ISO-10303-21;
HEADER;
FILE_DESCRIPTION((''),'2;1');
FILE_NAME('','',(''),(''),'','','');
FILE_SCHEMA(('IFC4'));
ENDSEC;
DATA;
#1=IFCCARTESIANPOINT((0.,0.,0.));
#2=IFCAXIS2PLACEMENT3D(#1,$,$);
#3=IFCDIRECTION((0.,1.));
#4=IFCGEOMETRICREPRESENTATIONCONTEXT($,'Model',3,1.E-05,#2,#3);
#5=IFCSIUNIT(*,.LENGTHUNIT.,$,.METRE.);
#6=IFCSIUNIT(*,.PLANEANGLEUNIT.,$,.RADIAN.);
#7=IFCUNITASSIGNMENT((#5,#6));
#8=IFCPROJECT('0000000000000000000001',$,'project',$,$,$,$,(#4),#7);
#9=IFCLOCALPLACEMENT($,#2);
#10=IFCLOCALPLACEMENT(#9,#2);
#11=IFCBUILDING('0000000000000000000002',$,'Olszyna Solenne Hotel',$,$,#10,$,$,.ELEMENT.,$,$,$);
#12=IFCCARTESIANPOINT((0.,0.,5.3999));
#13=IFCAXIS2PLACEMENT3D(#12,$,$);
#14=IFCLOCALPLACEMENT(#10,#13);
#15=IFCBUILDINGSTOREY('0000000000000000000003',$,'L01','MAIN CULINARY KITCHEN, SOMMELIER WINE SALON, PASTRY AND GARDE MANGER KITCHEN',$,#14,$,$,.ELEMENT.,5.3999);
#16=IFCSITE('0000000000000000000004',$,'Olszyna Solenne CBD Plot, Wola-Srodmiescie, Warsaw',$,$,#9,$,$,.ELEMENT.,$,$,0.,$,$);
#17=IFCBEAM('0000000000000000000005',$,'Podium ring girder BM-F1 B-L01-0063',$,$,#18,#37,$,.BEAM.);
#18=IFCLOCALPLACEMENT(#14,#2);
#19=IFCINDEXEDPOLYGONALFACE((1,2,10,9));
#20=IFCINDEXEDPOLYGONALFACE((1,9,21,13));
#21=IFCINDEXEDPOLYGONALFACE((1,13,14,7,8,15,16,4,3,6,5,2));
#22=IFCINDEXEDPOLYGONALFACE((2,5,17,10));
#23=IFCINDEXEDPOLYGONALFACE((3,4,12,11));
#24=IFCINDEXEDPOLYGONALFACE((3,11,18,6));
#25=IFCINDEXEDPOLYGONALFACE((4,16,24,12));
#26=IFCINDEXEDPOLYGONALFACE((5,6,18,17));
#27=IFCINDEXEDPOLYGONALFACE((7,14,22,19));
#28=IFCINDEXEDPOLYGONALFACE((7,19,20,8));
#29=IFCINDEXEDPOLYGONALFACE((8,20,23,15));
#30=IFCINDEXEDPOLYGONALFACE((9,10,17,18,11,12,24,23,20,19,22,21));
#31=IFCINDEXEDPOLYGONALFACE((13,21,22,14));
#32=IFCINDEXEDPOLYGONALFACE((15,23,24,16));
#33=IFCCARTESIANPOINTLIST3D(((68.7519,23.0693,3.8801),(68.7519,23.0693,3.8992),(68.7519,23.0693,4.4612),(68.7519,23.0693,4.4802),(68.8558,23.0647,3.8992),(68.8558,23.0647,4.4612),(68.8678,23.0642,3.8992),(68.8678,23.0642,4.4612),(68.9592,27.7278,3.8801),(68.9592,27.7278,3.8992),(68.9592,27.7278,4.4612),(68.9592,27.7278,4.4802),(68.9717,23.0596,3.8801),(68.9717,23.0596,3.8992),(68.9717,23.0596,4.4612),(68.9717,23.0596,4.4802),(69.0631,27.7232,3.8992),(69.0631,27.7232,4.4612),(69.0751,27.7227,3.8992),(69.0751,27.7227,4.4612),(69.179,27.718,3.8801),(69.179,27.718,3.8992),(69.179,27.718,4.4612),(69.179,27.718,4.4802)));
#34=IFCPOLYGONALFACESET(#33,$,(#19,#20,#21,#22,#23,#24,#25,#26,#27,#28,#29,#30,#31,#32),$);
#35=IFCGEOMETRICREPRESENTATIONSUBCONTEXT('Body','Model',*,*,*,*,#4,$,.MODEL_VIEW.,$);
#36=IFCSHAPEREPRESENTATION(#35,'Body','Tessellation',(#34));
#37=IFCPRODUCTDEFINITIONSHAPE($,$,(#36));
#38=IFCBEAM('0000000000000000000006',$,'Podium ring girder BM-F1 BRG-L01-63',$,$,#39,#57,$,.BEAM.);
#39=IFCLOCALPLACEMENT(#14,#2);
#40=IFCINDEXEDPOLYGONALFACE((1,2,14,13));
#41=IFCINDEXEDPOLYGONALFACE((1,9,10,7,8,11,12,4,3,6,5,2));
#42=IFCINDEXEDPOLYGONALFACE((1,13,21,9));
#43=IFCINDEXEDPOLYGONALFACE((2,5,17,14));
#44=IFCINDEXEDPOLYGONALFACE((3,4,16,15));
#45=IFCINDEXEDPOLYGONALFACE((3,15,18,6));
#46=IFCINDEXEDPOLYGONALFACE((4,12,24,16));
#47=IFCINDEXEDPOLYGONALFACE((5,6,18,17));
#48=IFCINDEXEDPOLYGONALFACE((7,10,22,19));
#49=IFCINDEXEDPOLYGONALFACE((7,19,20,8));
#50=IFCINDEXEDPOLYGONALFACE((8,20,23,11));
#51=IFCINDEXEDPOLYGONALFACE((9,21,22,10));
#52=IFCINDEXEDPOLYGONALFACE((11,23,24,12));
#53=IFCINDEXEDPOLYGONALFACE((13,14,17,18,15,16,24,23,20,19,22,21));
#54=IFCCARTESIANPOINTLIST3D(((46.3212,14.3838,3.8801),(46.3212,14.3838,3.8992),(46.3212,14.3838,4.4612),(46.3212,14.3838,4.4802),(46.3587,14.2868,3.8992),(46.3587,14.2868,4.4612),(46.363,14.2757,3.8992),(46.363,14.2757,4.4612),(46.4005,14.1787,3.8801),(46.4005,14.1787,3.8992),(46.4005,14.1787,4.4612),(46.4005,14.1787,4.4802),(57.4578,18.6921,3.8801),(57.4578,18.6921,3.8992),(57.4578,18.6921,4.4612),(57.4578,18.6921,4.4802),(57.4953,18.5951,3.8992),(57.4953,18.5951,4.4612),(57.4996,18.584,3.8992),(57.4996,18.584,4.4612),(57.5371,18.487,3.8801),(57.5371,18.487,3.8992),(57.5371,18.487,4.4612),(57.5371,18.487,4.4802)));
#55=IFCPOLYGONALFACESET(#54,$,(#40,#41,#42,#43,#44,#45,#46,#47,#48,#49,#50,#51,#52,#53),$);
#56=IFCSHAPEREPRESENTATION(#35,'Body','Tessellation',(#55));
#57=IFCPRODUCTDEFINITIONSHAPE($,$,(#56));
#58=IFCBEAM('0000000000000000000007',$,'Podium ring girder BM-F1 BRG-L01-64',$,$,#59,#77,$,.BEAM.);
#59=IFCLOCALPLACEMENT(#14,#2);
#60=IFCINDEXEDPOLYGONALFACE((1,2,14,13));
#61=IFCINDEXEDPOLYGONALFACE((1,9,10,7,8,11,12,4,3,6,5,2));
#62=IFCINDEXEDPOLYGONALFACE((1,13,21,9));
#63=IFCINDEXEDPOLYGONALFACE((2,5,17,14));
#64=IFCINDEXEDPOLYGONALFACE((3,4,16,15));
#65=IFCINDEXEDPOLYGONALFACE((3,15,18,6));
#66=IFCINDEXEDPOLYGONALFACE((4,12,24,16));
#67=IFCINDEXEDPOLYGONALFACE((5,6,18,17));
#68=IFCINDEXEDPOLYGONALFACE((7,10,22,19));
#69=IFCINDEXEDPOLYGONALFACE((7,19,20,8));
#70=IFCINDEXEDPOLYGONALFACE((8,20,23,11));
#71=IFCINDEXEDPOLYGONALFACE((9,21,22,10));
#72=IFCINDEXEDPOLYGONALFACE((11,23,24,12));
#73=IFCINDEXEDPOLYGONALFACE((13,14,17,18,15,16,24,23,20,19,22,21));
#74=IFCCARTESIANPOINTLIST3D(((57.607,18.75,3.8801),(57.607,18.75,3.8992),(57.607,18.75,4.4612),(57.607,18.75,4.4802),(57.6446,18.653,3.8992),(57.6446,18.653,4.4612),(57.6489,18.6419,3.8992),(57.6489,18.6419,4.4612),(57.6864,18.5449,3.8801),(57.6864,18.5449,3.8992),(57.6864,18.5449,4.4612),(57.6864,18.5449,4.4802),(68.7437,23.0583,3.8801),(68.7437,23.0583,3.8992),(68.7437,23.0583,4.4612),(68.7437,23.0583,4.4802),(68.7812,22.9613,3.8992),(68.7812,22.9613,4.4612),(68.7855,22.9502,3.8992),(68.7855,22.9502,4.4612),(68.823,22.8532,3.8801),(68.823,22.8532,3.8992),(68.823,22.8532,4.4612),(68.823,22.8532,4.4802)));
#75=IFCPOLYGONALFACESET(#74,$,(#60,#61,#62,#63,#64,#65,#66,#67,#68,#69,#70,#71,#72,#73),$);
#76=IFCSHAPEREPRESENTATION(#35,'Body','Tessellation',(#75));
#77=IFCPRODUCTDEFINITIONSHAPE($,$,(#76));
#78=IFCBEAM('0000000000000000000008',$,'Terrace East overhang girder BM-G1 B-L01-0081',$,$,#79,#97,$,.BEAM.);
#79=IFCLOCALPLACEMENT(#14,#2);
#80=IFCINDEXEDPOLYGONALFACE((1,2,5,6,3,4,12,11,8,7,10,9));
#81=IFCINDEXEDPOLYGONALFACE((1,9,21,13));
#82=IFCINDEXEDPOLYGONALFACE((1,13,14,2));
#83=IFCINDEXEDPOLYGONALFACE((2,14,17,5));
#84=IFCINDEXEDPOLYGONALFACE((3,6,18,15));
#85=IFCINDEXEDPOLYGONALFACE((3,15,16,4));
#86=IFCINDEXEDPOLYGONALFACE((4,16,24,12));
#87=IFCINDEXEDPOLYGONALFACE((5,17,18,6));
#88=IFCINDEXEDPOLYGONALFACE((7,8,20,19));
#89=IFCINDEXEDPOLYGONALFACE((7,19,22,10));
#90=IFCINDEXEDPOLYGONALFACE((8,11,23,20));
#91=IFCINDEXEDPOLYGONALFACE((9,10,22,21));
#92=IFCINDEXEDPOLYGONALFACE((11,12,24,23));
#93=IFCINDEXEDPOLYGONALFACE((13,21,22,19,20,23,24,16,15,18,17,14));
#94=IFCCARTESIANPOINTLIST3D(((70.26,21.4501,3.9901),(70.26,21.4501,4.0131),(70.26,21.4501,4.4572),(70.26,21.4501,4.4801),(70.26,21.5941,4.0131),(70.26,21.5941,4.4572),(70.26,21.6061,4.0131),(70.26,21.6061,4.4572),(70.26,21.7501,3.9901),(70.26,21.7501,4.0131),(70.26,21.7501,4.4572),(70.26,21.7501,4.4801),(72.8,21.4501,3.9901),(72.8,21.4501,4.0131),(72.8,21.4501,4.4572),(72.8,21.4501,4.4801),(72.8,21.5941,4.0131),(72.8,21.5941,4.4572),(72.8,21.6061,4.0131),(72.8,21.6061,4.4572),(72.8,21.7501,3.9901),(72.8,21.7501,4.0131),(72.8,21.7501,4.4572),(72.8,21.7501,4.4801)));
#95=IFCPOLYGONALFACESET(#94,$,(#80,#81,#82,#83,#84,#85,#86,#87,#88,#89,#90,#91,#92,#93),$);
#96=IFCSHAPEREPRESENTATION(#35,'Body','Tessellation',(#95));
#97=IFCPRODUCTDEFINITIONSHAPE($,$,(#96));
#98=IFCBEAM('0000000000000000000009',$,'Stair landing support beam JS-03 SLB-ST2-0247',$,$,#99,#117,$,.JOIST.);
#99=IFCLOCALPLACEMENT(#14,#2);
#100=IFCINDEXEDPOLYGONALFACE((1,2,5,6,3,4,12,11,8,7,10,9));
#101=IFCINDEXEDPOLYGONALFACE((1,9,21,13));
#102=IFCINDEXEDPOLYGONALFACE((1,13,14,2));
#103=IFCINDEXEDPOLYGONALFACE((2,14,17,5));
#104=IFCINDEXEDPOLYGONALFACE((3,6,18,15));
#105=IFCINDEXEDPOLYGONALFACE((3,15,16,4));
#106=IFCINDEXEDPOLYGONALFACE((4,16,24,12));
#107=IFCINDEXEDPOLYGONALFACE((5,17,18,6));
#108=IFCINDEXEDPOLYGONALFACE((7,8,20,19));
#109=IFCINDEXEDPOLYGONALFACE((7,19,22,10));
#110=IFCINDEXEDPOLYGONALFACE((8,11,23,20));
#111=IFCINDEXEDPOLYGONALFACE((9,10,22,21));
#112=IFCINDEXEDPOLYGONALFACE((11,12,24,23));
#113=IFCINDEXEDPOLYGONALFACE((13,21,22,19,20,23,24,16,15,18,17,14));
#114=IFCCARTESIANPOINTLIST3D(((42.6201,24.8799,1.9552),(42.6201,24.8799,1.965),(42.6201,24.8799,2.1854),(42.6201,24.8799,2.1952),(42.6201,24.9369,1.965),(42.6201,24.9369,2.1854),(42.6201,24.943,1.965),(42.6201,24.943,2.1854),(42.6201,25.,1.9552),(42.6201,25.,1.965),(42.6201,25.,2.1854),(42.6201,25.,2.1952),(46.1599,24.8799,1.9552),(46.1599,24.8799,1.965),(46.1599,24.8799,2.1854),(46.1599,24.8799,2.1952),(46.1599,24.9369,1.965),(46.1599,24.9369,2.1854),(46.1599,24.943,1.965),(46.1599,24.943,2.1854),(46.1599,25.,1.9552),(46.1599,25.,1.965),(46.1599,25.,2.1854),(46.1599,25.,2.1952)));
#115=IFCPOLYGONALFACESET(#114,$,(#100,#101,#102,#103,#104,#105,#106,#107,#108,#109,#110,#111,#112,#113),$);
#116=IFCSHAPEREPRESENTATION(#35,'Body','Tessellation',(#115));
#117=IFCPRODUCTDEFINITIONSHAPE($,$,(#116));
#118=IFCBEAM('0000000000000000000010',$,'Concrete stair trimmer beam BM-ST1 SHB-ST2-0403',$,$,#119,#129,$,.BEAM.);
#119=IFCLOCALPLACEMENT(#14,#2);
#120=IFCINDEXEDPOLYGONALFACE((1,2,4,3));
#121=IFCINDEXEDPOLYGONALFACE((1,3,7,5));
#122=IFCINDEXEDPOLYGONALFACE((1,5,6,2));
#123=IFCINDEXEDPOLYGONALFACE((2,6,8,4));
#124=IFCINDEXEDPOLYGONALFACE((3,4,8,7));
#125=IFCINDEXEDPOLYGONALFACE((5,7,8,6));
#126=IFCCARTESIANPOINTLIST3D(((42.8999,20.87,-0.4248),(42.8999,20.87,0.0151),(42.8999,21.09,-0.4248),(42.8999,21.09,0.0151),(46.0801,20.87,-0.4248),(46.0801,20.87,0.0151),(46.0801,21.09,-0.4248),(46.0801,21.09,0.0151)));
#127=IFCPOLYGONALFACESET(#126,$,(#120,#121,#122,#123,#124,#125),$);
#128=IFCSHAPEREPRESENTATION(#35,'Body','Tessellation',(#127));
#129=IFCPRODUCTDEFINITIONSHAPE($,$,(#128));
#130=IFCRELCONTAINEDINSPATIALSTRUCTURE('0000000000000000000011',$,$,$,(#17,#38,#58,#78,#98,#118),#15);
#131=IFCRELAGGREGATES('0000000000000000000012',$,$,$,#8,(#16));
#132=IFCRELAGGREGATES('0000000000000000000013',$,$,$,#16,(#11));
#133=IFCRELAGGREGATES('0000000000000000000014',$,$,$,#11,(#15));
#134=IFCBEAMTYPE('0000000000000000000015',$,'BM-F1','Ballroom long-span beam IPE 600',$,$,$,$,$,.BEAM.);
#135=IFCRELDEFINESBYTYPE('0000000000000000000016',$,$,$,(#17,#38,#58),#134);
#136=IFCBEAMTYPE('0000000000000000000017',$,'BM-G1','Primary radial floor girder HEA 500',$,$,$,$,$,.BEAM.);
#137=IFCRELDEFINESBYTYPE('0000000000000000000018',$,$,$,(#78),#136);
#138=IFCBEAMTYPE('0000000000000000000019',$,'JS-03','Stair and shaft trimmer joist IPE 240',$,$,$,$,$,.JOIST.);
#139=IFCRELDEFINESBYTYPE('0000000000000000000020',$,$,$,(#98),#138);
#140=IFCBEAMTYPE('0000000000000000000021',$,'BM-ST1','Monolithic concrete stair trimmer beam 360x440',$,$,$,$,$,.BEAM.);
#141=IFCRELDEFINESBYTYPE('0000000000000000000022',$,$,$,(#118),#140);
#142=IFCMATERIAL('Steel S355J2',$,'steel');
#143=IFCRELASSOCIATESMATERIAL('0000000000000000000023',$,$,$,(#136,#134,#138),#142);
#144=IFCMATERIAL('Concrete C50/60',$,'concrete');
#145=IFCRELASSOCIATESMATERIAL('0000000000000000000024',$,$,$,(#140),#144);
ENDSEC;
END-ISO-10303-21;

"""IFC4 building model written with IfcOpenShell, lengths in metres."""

from ifc_helpers import new_model, si_unit, direction, frame, origin, origin_2d, place, context, subcontext, project, spatial, rectangle, i_section, extrude, source, transform, mapped, material, material_profile, profile_set, type_object, element, save


model = new_model("IFC4")

# Units and contexts
model_context = context("Model", 3, precision=1e-05, world=origin(), true_north=direction((0.0, 1.0)))
body_context = subcontext(model_context, "Body", "Model", "MODEL_VIEW")
ifc_project = project(units=[si_unit("LENGTHUNIT", "METRE"), si_unit("PLANEANGLEUNIT", "RADIAN")], contexts=[model_context])

# Site, building, storey
site_placement = place(None, origin())
site = spatial("IfcSite", under=ifc_project, at=site_placement, Name="Olszyna Solenne CBD Plot, Wola-Srodmiescie, Warsaw", CompositionType="ELEMENT", RefElevation=0.0)
building_placement = place(site_placement, origin())
building = spatial("IfcBuilding", under=site, at=building_placement, Name="Olszyna Solenne Hotel", CompositionType="ELEMENT")
storey_placement = place(building_placement, frame((0.0, 0.0, 5.3999)))
storey = spatial("IfcBuildingStorey", under=building, at=storey_placement, Name="L01", Description="MAIN CULINARY KITCHEN, SOMMELIER WINE SALON, PASTRY AND GARDE MANGER KITCHEN", CompositionType="ELEMENT", Elevation=5.3999)

# Shared definitions
ifc_material_1 = material(Name="Concrete C50/60", Category="concrete")

# Beams
ifc_material_2 = material(Name="Steel S355J2", Category="steel")
ifc_material_profile_1 = material_profile(ifc_material_2, i_section(OverallWidth=0.3, OverallDepth=0.49, WebThickness=0.012, FlangeThickness=0.0229, at=origin_2d()), Name="HEA 500", Category="load-bearing")
ifc_profile_set_1 = profile_set([ifc_material_profile_1], Name="Steel S355J2")
beam_type_1 = type_object("IfcBeamType", Name="BM-G1", Description="Primary radial floor girder HEA 500", PredefinedType="BEAM", material=ifc_profile_set_1)
ifc_material_profile_2 = material_profile(ifc_material_2, i_section(OverallWidth=0.22, OverallDepth=0.6001, WebThickness=0.012, FlangeThickness=0.019, at=origin_2d()), Name="IPE 600", Category="load-bearing")
ifc_profile_set_2 = profile_set([ifc_material_profile_2], Name="Steel S355J2")
beam_type_2 = type_object("IfcBeamType", Name="BM-F1", Description="Ballroom long-span beam IPE 600", PredefinedType="BEAM", material=ifc_profile_set_2)
shared_shape_1 = source(origin(), body_context, "Body", "SweptSolid", [
    extrude(i_section(OverallWidth=0.22, OverallDepth=0.6001, WebThickness=0.012, FlangeThickness=0.019, at=origin_2d()), origin(), (0.0, 0.0, 1.0), 4.6631),
])
beam_1_placement = place(storey_placement, frame((68.8618, 23.0645, 4.1802), z_axis=(0.044451, 0.999012, 0.0), x_axis=(-0.999012, 0.044451, 0.0)))
element("IfcBeam", 1, at=beam_1_placement, inside=storey, type_object=beam_type_2, Name="Podium ring girder BM-F1 B-L01-0063", PredefinedType="BEAM", context=body_context, shape_type="MappedRepresentation", body=[
    mapped(shared_shape_1, transform((0.0, 0.0, 0.0), x_axis=(1.0, 0.0, 0.0), y_axis=(0.0, 1.0, 0.0), z_axis=(0.0, 0.0, 1.0), scale=1.0)),
])
shared_shape_2 = source(origin(), body_context, "Body", "SweptSolid", [
    extrude(i_section(OverallWidth=0.22, OverallDepth=0.6001, WebThickness=0.012, FlangeThickness=0.019, at=origin_2d()), origin(), (0.0, 0.0, 1.0), 11.9409),
])
for number, where, z_axis, x_axis, name in (
    (2, (46.3608, 14.2812, 4.1802), (0.932642, 0.360802, 0.0), (-0.360802, 0.932642, 0.0), "Podium ring girder BM-F1 BRG-L01-63"),
    (3, (57.6467, 18.6475, 4.1802), (0.932642, 0.360802, 0.0), (-0.360802, 0.932642, 0.0), "Podium ring girder BM-F1 BRG-L01-64"),
):
    element("IfcBeam", number, at=place(storey_placement, frame(where, z_axis=z_axis, x_axis=x_axis)), inside=storey, type_object=beam_type_2, Name=name, PredefinedType="BEAM", context=body_context, shape_type="MappedRepresentation", body=[
        mapped(shared_shape_2, transform((0.0, 0.0, 0.0), x_axis=(1.0, 0.0, 0.0), y_axis=(0.0, 1.0, 0.0), z_axis=(0.0, 0.0, 1.0), scale=1.0)),
    ])
shared_shape_3 = source(origin(), body_context, "Body", "SweptSolid", [
    extrude(i_section(OverallWidth=0.3, OverallDepth=0.49, WebThickness=0.012, FlangeThickness=0.0229, at=origin_2d()), origin(), (0.0, 0.0, 1.0), 2.54),
])
beam_2_placement = place(storey_placement, frame((70.26, 21.6001, 4.2351), z_axis=(1.0, 0.0, 0.0), x_axis=(0.0, 1.0, 0.0)))
element("IfcBeam", 4, at=beam_2_placement, inside=storey, type_object=beam_type_1, Name="Terrace East overhang girder BM-G1 B-L01-0081", PredefinedType="BEAM", context=body_context, shape_type="MappedRepresentation", body=[
    mapped(shared_shape_3, transform((0.0, 0.0, 0.0), x_axis=(1.0, 0.0, 0.0), y_axis=(0.0, 1.0, 0.0), z_axis=(0.0, 0.0, 1.0), scale=1.0)),
])
ifc_material_profile_3 = material_profile(ifc_material_2, i_section(OverallWidth=0.1201, OverallDepth=0.24, WebThickness=0.0061, FlangeThickness=0.0098, at=origin_2d()), Name="IPE 240", Category="load-bearing")
ifc_profile_set_3 = profile_set([ifc_material_profile_3], Name="Steel S355J2")
beam_type_3 = type_object("IfcBeamType", Name="JS-03", Description="Stair and shaft trimmer joist IPE 240", PredefinedType="JOIST", material=ifc_profile_set_3)
shared_shape_4 = source(origin(), body_context, "Body", "SweptSolid", [
    extrude(i_section(OverallWidth=0.1201, OverallDepth=0.24, WebThickness=0.0061, FlangeThickness=0.0098, at=origin_2d()), origin(), (0.0, 0.0, 1.0), 3.5398),
])
beam_3_placement = place(storey_placement, frame((46.1599, 24.9399, 2.0752), z_axis=(-1.0, 0.0, 0.0), x_axis=(0.0, -1.0, 0.0)))
element("IfcBeam", 5, at=beam_3_placement, inside=storey, type_object=beam_type_3, Name="Stair landing support beam JS-03 SLB-ST2-0247", PredefinedType="JOIST", context=body_context, shape_type="MappedRepresentation", body=[
    mapped(shared_shape_4, transform((0.0, 0.0, 0.0), x_axis=(1.0, 0.0, 0.0), y_axis=(0.0, 1.0, 0.0), z_axis=(0.0, 0.0, 1.0), scale=1.0)),
])
ifc_material_profile_4 = material_profile(ifc_material_1, rectangle(XDim=0.22, YDim=0.4399, at=origin_2d()), Name="RC 220x440", Category="load-bearing")
ifc_profile_set_4 = profile_set([ifc_material_profile_4], Name="Concrete C50/60")
beam_type_4 = type_object("IfcBeamType", Name="BM-ST1", Description="Monolithic concrete stair trimmer beam 360x440", PredefinedType="BEAM", material=ifc_profile_set_4)
shared_shape_5 = source(origin(), body_context, "Body", "SweptSolid", [
    extrude(rectangle(XDim=0.22, YDim=0.4399, at=origin_2d()), origin(), (0.0, 0.0, 1.0), 3.1802),
])
beam_4_placement = place(storey_placement, frame((46.0801, 20.98, -0.2048), z_axis=(-1.0, 0.0, 0.0), x_axis=(0.0, -1.0, 0.0)))
element("IfcBeam", 6, at=beam_4_placement, inside=storey, type_object=beam_type_4, Name="Concrete stair trimmer beam BM-ST1 SHB-ST2-0403", PredefinedType="BEAM", context=body_context, shape_type="MappedRepresentation", body=[
    mapped(shared_shape_5, transform((0.0, 0.0, 0.0), x_axis=(1.0, 0.0, 0.0), y_axis=(0.0, 1.0, 0.0), z_axis=(0.0, 0.0, 1.0), scale=1.0)),
])

save(model, "model.ifc")
